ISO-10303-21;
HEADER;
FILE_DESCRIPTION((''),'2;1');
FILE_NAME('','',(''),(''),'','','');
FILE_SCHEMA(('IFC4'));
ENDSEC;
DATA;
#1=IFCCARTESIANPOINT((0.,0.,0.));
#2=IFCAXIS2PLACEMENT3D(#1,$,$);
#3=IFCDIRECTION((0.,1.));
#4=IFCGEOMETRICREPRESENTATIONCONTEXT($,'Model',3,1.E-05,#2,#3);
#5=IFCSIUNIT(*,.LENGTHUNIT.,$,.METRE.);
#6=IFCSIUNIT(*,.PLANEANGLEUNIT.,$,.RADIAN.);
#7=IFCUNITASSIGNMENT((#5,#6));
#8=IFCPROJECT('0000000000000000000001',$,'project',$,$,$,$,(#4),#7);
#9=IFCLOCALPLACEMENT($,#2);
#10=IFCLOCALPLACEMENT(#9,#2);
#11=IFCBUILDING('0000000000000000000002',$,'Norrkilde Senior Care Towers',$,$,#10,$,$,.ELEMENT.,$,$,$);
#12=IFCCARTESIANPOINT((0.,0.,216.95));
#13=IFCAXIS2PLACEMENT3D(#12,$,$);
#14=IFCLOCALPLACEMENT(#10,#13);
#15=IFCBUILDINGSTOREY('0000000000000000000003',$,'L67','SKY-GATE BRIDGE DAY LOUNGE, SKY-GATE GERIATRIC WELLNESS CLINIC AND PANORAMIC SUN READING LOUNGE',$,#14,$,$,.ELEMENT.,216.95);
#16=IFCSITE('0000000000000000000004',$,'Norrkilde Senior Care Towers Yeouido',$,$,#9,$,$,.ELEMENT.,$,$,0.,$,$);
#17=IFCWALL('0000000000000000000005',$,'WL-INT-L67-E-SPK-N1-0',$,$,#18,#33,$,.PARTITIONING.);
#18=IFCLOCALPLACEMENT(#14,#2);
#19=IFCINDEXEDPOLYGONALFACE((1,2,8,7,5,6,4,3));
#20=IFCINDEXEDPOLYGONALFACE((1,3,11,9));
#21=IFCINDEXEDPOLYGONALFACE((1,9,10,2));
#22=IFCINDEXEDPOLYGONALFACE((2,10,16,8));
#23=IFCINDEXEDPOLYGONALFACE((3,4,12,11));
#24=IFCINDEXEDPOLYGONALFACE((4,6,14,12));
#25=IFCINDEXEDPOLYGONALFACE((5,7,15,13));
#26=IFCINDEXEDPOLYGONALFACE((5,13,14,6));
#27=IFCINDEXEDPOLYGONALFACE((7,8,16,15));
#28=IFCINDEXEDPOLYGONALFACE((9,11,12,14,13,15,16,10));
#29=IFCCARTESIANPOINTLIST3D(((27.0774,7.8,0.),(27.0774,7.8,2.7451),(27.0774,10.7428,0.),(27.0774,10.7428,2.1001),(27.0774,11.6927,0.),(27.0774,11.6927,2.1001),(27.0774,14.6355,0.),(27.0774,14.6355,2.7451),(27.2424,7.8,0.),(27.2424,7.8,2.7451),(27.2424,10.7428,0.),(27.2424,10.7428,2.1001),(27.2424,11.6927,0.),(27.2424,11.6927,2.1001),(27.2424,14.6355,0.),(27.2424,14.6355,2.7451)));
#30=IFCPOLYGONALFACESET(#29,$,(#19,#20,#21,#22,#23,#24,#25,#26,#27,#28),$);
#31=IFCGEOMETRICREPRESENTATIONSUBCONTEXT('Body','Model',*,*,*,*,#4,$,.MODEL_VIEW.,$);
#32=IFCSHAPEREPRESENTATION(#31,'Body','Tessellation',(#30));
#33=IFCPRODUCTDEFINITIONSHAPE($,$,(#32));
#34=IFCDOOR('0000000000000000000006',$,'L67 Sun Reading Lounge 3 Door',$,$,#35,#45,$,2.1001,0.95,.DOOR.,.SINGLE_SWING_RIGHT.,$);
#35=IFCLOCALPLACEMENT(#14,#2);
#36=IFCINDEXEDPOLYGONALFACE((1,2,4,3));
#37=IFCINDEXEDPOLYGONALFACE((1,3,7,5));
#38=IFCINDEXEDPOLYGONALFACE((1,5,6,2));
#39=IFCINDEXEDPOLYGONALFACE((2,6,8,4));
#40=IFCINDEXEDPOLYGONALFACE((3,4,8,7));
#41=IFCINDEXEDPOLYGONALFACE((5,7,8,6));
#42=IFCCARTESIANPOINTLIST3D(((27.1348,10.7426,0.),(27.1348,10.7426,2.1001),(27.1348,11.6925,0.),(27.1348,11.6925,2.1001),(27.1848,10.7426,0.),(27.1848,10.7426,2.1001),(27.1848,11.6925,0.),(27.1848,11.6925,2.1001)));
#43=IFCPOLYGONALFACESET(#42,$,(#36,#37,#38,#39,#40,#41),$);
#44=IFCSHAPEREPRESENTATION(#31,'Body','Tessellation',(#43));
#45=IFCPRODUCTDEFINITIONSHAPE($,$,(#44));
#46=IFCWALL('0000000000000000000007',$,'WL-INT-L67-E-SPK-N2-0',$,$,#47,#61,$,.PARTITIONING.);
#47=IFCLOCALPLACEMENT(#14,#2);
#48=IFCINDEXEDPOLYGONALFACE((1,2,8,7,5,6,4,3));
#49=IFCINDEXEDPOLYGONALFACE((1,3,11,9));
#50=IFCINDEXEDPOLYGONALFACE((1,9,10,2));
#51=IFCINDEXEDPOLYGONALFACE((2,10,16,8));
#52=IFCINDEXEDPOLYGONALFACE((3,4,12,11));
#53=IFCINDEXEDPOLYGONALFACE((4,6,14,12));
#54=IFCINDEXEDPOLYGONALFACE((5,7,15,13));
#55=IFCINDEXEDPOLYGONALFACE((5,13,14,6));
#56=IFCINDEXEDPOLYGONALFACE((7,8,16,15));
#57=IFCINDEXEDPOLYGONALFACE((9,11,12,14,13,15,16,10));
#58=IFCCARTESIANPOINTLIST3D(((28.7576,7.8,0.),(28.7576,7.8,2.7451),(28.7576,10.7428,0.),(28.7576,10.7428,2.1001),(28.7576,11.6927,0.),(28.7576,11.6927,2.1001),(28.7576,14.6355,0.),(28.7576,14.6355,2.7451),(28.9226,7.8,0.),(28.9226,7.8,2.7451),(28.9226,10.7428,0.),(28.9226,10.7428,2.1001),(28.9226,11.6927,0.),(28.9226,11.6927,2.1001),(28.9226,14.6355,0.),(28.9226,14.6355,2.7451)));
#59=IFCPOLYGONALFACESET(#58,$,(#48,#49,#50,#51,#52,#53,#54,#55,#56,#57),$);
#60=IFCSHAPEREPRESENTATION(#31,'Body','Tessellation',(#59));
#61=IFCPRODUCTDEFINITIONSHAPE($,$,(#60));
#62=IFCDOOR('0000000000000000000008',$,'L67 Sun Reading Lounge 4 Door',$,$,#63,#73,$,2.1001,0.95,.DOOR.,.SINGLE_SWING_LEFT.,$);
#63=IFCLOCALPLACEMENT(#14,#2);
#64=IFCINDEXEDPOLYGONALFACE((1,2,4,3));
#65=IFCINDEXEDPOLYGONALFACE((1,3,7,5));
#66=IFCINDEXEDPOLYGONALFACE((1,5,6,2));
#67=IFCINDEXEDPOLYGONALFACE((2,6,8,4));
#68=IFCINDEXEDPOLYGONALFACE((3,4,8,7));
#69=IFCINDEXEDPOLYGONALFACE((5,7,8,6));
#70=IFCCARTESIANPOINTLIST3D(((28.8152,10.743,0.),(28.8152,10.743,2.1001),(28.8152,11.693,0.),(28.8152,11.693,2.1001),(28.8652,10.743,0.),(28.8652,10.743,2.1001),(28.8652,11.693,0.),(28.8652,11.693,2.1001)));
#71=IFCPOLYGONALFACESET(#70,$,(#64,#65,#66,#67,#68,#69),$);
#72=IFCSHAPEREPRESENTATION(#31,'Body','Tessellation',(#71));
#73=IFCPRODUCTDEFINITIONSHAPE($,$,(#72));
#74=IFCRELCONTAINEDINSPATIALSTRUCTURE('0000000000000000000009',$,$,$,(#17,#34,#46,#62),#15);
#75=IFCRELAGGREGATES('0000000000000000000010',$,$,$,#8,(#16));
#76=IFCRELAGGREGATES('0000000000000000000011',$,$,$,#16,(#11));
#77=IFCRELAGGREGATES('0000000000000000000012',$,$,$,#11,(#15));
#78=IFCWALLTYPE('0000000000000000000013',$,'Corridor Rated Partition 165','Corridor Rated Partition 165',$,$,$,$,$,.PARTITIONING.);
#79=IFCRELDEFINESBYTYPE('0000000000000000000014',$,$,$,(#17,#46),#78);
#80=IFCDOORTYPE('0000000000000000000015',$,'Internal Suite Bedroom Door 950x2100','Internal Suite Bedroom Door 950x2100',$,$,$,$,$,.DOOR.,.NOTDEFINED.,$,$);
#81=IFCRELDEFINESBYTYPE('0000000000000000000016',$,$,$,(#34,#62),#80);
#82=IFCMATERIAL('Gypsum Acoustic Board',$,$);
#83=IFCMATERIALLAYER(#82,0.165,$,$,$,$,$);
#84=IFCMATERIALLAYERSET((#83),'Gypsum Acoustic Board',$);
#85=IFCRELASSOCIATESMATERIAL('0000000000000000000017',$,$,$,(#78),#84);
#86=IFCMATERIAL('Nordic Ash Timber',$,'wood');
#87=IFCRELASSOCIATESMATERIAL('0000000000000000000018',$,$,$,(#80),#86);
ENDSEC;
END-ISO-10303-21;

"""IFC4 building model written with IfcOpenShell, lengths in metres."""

from ifc_helpers import new_model, si_unit, direction, frame, frame_2d, origin, place, context, subcontext, project, spatial, rectangle, extrude, source, transform, mapped, material, layer, layer_set, type_object, type_shapes, element, fill, save


model = new_model("IFC4")

# Units and contexts
model_context = context("Model", 3, precision=1e-05, world=origin(), true_north=direction((0.0, 1.0)))
body_context = subcontext(model_context, "Body", "Model", "MODEL_VIEW")
ifc_project = project(units=[si_unit("LENGTHUNIT", "METRE"), si_unit("PLANEANGLEUNIT", "RADIAN")], contexts=[model_context])

# Site, building, storey
site_placement = place(None, origin())
site = spatial("IfcSite", under=ifc_project, at=site_placement, Name="Norrkilde Senior Care Towers Yeouido", CompositionType="ELEMENT", RefElevation=0.0)
building_placement = place(site_placement, origin())
building = spatial("IfcBuilding", under=site, at=building_placement, Name="Norrkilde Senior Care Towers", CompositionType="ELEMENT")
storey_placement = place(building_placement, frame((0.0, 0.0, 216.95)))
storey = spatial("IfcBuildingStorey", under=building, at=storey_placement, Name="L67", Description="SKY-GATE BRIDGE DAY LOUNGE, SKY-GATE GERIATRIC WELLNESS CLINIC AND PANORAMIC SUN READING LOUNGE", CompositionType="ELEMENT", Elevation=216.95)

# Shared definitions
ifc_material_1 = material(Name="Gypsum Acoustic Board")
ifc_layer_1 = layer(ifc_material_1, 0.165)
ifc_layer_set_1 = layer_set([ifc_layer_1], Name="Gypsum Acoustic Board")
wall_type = type_object("IfcWallType", Name="Corridor Rated Partition 165", Description="Corridor Rated Partition 165", PredefinedType="PARTITIONING", material=ifc_layer_set_1)
ifc_material_2 = material(Name="Nordic Ash Timber", Category="wood")

# Walls, openings, doors
shared_shape_1 = source(origin(), body_context, "Body", "SweptSolid", [
    extrude(rectangle(XDim=6.8354, YDim=0.165, at=frame_2d((3.4177, 0.0))), origin(), (0.0, 0.0, 1.0), 2.7451),
])
wall_1_placement = place(storey_placement, frame((27.1599, 7.8, 0.0), z_axis=(0.0, 0.0, 1.0), x_axis=(0.0, 1.0, 0.0)))
wall_1 = element("IfcWall", 1, at=wall_1_placement, inside=storey, type_object=wall_type, Name="WL-INT-L67-E-SPK-N1-0", PredefinedType="PARTITIONING", context=body_context, shape_type="MappedRepresentation", body=[
    mapped(shared_shape_1, transform((0.0, 0.0, 0.0), x_axis=(1.0, 0.0, 0.0), y_axis=(0.0, 1.0, 0.0), z_axis=(0.0, 0.0, 1.0), scale=1.0)),
])
opening_1_placement = place(wall_1_placement, frame((2.9426, 0.0, 0.0)))
opening_1 = element("IfcOpeningElement", 2, at=opening_1_placement, cuts=wall_1, PredefinedType="OPENING", context=body_context, shape_type="SweptSolid", body=[
    extrude(rectangle(XDim=0.95, YDim=2.1001, at=frame_2d((0.4751, 1.05))), frame((0.0, 0.0925, 0.0), z_axis=(0.0, -1.0, 0.0), x_axis=(1.0, 0.0, 0.0)), (0.0, 0.0, 1.0), 0.1851),
])
door_type_1 = type_object("IfcDoorType", Name="Internal Suite Bedroom Door 950x2100", Description="Internal Suite Bedroom Door 950x2100", OperationType="NOTDEFINED", PredefinedType="DOOR", material=ifc_material_2)
shared_shape_2 = source(origin(), body_context, "Body", "SweptSolid", [
    extrude(rectangle(XDim=0.95, YDim=2.1001, at=frame_2d((0.4751, 1.05))), frame((0.0, 0.0249, 0.0), z_axis=(0.0, -1.0, 0.0), x_axis=(1.0, 0.0, 0.0)), (0.0, 0.0, 1.0), 0.05),
])
type_shapes(door_type_1, [shared_shape_2])
door_1_placement = place(opening_1_placement, frame((0.95, 0.0, 0.0), z_axis=(0.0, 0.0, 1.0), x_axis=(-1.0, 0.0, 0.0)))
door_1 = element("IfcDoor", 3, at=door_1_placement, inside=storey, type_object=door_type_1, Name="L67 Sun Reading Lounge 3 Door", OperationType="SINGLE_SWING_RIGHT", OverallHeight=2.1001, OverallWidth=0.95, PredefinedType="DOOR", context=body_context, shape_type="MappedRepresentation", body=[
    mapped(shared_shape_2, transform((0.0, 0.0, 0.0), x_axis=(1.0, 0.0, 0.0), y_axis=(0.0, 1.0, 0.0), z_axis=(0.0, 0.0, 1.0), scale=1.0)),
])
fill(opening_1, door_1)
wall_2_placement = place(storey_placement, frame((28.8401, 14.6355, 0.0), z_axis=(0.0, 0.0, 1.0), x_axis=(0.0, -1.0, 0.0)))
wall_2 = element("IfcWall", 4, at=wall_2_placement, inside=storey, type_object=wall_type, Name="WL-INT-L67-E-SPK-N2-0", PredefinedType="PARTITIONING", context=body_context, shape_type="MappedRepresentation", body=[
    mapped(shared_shape_1, transform((0.0, 0.0, 0.0), x_axis=(1.0, 0.0, 0.0), y_axis=(0.0, 1.0, 0.0), z_axis=(0.0, 0.0, 1.0), scale=1.0)),
])
opening_2_placement = place(wall_2_placement, frame((2.9426, 0.0, 0.0)))
opening_2 = element("IfcOpeningElement", 5, at=opening_2_placement, cuts=wall_2, PredefinedType="OPENING", context=body_context, shape_type="SweptSolid", body=[
    extrude(rectangle(XDim=0.95, YDim=2.1001, at=frame_2d((0.4751, 1.05))), frame((0.0, 0.0925, 0.0), z_axis=(0.0, -1.0, 0.0), x_axis=(1.0, 0.0, 0.0)), (0.0, 0.0, 1.0), 0.1851),
])
door_2_placement = place(opening_2_placement, frame((0.95, 0.0, 0.0), z_axis=(0.0, 0.0, 1.0), x_axis=(-1.0, 0.0, 0.0)))
door_2 = element("IfcDoor", 6, at=door_2_placement, inside=storey, type_object=door_type_1, Name="L67 Sun Reading Lounge 4 Door", OperationType="SINGLE_SWING_LEFT", OverallHeight=2.1001, OverallWidth=0.95, PredefinedType="DOOR", context=body_context, shape_type="MappedRepresentation", body=[
    mapped(shared_shape_2, transform((0.0, 0.0, 0.0), x_axis=(1.0, 0.0, 0.0), y_axis=(0.0, 1.0, 0.0), z_axis=(0.0, 0.0, 1.0), scale=1.0)),
])
fill(opening_2, door_2)

save(model, "model.ifc")
